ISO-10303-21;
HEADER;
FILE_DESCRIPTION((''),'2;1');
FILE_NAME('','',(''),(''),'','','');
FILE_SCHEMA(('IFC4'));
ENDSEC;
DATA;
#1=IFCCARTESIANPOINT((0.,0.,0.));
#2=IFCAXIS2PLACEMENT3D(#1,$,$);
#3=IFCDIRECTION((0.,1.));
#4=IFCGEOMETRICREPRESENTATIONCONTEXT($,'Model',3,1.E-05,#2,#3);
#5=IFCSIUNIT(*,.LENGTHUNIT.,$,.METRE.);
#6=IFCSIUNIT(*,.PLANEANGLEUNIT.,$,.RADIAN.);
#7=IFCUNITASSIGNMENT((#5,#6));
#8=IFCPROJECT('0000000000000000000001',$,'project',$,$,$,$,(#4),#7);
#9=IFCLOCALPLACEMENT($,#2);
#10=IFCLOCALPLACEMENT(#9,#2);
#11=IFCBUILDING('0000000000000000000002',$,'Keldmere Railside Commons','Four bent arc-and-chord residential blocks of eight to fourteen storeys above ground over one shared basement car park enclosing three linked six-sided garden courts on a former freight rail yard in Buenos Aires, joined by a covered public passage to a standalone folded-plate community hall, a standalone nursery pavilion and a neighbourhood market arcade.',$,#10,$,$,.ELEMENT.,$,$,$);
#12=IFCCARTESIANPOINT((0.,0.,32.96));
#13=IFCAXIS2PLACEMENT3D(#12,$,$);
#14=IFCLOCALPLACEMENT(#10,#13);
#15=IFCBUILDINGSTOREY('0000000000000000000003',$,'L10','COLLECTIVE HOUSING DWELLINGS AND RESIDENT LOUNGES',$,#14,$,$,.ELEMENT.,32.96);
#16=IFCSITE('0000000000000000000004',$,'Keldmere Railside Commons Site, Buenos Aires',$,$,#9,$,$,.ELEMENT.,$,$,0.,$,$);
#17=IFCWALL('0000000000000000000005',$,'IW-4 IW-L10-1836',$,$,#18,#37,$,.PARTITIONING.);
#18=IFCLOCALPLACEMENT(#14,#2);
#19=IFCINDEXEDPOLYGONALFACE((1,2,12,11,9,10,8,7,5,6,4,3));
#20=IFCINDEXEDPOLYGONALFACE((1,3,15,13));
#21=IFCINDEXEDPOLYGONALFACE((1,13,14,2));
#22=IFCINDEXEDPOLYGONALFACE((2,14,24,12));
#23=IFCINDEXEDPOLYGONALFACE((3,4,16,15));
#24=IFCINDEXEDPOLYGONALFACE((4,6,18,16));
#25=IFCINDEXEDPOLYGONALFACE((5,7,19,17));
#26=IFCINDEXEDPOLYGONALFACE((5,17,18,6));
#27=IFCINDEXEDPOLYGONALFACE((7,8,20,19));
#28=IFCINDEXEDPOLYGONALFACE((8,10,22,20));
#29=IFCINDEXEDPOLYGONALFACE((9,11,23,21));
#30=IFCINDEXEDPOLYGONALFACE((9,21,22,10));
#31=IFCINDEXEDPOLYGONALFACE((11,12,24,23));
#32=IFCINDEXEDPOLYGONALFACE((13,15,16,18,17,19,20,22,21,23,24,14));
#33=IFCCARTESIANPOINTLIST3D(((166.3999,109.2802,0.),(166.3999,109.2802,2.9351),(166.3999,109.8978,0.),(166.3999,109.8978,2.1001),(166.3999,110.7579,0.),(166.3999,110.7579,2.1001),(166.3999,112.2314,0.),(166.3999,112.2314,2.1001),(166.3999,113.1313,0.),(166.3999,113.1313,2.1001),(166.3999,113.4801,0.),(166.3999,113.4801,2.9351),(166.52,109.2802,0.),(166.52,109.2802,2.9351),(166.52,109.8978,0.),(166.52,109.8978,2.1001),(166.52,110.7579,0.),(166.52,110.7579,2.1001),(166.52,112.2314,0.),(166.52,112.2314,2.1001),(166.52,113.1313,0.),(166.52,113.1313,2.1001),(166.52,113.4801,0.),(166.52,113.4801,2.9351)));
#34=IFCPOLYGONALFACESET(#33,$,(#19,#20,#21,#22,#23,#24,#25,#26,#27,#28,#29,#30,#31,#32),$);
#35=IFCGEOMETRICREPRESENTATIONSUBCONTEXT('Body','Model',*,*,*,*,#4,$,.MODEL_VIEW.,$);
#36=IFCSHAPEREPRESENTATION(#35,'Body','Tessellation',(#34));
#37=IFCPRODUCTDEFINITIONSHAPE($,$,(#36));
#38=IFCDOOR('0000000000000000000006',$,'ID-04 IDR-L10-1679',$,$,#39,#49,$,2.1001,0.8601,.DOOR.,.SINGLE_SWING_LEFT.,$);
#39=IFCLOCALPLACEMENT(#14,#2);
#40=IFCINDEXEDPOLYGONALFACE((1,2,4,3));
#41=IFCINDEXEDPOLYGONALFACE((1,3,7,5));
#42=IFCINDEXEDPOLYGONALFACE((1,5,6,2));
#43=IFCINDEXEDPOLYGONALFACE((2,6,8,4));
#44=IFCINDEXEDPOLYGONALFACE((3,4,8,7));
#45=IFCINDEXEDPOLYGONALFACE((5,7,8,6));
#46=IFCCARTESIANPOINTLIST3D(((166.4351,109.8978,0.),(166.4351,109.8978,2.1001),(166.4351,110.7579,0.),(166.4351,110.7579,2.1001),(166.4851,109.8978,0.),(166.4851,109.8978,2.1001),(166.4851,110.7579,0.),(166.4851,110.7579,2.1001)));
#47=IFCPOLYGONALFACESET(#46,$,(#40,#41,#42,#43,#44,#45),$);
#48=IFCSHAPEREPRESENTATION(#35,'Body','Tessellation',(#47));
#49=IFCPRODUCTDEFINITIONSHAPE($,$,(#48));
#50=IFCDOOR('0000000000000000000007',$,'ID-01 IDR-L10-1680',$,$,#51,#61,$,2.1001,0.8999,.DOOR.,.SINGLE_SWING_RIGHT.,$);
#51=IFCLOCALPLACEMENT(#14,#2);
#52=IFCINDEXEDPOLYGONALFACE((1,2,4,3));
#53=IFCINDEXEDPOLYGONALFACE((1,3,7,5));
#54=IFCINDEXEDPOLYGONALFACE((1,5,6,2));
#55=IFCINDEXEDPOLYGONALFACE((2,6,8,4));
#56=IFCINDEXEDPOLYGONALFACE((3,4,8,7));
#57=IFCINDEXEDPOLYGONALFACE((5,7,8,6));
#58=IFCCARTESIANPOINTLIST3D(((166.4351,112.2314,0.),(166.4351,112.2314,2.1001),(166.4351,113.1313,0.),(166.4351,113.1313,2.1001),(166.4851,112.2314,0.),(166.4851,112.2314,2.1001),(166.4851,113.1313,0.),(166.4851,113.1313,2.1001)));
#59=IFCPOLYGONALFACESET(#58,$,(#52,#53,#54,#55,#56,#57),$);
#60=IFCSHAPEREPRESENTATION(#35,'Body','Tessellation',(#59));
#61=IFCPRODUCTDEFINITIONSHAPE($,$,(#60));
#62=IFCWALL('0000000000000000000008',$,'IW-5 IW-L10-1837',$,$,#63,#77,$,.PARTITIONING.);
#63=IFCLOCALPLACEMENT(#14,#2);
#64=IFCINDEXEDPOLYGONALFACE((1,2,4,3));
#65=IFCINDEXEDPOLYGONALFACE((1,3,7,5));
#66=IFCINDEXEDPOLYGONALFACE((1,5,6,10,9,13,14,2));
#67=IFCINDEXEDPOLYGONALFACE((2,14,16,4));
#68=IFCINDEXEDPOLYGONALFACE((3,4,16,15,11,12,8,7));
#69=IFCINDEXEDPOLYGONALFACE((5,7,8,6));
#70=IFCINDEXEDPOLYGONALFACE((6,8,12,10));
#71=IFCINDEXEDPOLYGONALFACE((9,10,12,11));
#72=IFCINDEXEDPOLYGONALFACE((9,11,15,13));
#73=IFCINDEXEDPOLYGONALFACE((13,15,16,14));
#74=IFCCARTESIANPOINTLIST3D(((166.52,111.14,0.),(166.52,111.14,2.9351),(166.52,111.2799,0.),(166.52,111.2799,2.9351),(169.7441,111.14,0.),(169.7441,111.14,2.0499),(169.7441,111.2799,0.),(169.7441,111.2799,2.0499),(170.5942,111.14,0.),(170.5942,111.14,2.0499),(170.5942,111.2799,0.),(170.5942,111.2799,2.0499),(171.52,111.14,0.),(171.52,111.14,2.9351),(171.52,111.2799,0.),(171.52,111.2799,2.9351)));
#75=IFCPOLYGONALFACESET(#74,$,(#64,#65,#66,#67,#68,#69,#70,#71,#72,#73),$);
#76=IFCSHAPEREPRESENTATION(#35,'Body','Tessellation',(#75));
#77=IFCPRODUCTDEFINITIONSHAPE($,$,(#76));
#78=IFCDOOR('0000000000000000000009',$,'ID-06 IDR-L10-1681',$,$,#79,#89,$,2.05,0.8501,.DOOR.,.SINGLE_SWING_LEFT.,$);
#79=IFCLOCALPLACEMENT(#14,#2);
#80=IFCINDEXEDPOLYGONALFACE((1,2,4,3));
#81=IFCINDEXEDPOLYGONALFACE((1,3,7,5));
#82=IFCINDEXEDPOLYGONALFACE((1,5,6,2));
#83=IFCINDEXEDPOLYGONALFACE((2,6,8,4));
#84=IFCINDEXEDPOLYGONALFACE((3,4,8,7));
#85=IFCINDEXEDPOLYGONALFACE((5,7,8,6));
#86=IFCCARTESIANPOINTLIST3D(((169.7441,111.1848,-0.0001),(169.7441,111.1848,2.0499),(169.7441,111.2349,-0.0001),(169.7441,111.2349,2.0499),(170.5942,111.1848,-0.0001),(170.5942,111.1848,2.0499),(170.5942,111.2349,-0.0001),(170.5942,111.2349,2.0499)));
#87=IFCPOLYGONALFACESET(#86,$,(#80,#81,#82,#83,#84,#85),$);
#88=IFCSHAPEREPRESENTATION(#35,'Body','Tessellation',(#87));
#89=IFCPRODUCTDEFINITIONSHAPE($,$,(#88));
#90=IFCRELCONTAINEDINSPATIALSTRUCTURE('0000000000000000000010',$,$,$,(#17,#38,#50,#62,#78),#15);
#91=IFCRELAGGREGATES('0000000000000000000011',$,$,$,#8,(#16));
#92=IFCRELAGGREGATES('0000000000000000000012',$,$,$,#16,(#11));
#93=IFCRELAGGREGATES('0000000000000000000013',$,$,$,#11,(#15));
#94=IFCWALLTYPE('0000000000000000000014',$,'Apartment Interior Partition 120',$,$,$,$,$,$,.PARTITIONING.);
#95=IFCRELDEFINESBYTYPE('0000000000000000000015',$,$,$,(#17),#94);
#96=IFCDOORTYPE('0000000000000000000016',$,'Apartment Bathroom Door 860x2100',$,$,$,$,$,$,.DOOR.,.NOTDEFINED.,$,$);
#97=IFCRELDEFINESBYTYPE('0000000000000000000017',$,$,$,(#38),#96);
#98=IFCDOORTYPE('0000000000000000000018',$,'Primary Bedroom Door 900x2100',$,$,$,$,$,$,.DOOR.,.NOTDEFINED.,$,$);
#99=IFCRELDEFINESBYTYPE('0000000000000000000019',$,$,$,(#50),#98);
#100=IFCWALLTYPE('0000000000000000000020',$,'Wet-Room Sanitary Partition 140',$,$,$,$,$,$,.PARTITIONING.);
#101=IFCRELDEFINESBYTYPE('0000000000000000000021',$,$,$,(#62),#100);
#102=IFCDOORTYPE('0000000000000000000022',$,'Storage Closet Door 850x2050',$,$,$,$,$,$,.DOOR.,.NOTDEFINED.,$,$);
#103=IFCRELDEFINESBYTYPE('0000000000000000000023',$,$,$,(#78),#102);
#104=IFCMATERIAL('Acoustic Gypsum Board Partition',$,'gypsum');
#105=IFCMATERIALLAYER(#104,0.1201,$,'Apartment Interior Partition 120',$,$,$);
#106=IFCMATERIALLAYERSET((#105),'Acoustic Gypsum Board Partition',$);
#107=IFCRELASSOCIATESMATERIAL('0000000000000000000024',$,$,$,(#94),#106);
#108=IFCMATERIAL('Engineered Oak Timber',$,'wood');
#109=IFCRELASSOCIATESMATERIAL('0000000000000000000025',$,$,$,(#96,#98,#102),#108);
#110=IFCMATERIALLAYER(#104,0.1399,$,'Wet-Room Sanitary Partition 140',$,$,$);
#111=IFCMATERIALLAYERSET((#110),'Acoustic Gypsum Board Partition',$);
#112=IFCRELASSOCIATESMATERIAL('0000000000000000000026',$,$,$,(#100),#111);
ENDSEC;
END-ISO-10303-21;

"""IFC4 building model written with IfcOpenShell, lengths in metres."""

from ifc_helpers import new_model, si_unit, direction, frame, frame_2d, origin, place, context, subcontext, project, spatial, rectangle, extrude, material, layer, layer_set, type_object, element, fill, save


model = new_model("IFC4")

# Units and contexts
model_context = context("Model", 3, precision=1e-05, world=origin(), true_north=direction((0.0, 1.0)))
body_context = subcontext(model_context, "Body", "Model", "MODEL_VIEW")
ifc_project = project(units=[si_unit("LENGTHUNIT", "METRE"), si_unit("PLANEANGLEUNIT", "RADIAN")], contexts=[model_context])

# Site, building, storey
site_placement = place(None, origin())
site = spatial("IfcSite", under=ifc_project, at=site_placement, Name="Keldmere Railside Commons Site, Buenos Aires", CompositionType="ELEMENT", RefElevation=0.0)
building_placement = place(site_placement, origin())
building = spatial("IfcBuilding", under=site, at=building_placement, Name="Keldmere Railside Commons", Description="Four bent arc-and-chord residential blocks of eight to fourteen storeys above ground over one shared basement car park enclosing three linked six-sided garden courts on a former freight rail yard in Buenos Aires, joined by a covered public passage to a standalone folded-plate community hall, a standalone nursery pavilion and a neighbourhood market arcade.", CompositionType="ELEMENT")
storey_placement = place(building_placement, frame((0.0, 0.0, 32.96)))
storey = spatial("IfcBuildingStorey", under=building, at=storey_placement, Name="L10", Description="COLLECTIVE HOUSING DWELLINGS AND RESIDENT LOUNGES", CompositionType="ELEMENT", Elevation=32.96)

# Shared definitions
ifc_material_1 = material(Name="Acoustic Gypsum Board Partition", Category="gypsum")

# Shared definitions
ifc_layer_1 = layer(ifc_material_1, 0.1201, Name="Apartment Interior Partition 120")
ifc_layer_set_1 = layer_set([ifc_layer_1], Name="Acoustic Gypsum Board Partition")
wall_type_1 = type_object("IfcWallType", Name="Apartment Interior Partition 120", PredefinedType="PARTITIONING", material=ifc_layer_set_1)
ifc_material_2 = material(Name="Engineered Oak Timber", Category="wood")

# Wall, openings, doors
wall_1_placement = place(storey_placement, frame((166.46, 109.28, 0.0), z_axis=(0.0, 0.0, 1.0), x_axis=(0.0, 1.0, 0.0)))
wall_1 = element("IfcWall", 1, at=wall_1_placement, inside=storey, type_object=wall_type_1, Name="IW-4 IW-L10-1836", PredefinedType="PARTITIONING", context=body_context, shape_type="SweptSolid", body=[
    extrude(rectangle(XDim=4.2, YDim=0.1201, at=frame_2d((2.1001, 0.0))), origin(), (0.0, 0.0, 1.0), 2.9351),
])
opening_1_placement = place(wall_1_placement, frame((0.6177, 0.0, 0.0)))
opening_1 = element("IfcOpeningElement", 2, at=opening_1_placement, cuts=wall_1, PredefinedType="OPENING", context=body_context, shape_type="SweptSolid", body=[
    extrude(rectangle(XDim=0.8601, YDim=2.1001, at=frame_2d((0.4302, 1.05))), frame((0.0, 0.0701, 0.0), z_axis=(0.0, -1.0, 0.0), x_axis=(1.0, 0.0, 0.0)), (0.0, 0.0, 1.0), 0.1401),
])
opening_2_placement = place(wall_1_placement, frame((2.9514, 0.0, 0.0)))
opening_2 = element("IfcOpeningElement", 3, at=opening_2_placement, cuts=wall_1, PredefinedType="OPENING", context=body_context, shape_type="SweptSolid", body=[
    extrude(rectangle(XDim=0.8999, YDim=2.1001, at=frame_2d((0.45, 1.05))), frame((0.0, 0.0701, 0.0), z_axis=(0.0, -1.0, 0.0), x_axis=(1.0, 0.0, 0.0)), (0.0, 0.0, 1.0), 0.1401),
])
door_type_1 = type_object("IfcDoorType", Name="Apartment Bathroom Door 860x2100", OperationType="NOTDEFINED", PredefinedType="DOOR", material=ifc_material_2)
door_1_placement = place(opening_1_placement, origin())
door_1 = element("IfcDoor", 4, at=door_1_placement, inside=storey, type_object=door_type_1, Name="ID-04 IDR-L10-1679", OperationType="SINGLE_SWING_LEFT", OverallHeight=2.1001, OverallWidth=0.8601, PredefinedType="DOOR", context=body_context, shape_type="SweptSolid", body=[
    extrude(rectangle(XDim=0.8601, YDim=2.1001, at=frame_2d((0.4302, 1.05))), frame((0.0, 0.0249, 0.0), z_axis=(0.0, -1.0, 0.0), x_axis=(1.0, 0.0, 0.0)), (0.0, 0.0, 1.0), 0.05),
])
fill(opening_1, door_1)
door_type_2 = type_object("IfcDoorType", Name="Primary Bedroom Door 900x2100", OperationType="NOTDEFINED", PredefinedType="DOOR", material=ifc_material_2)
door_2_placement = place(opening_2_placement, origin())
door_2 = element("IfcDoor", 5, at=door_2_placement, inside=storey, type_object=door_type_2, Name="ID-01 IDR-L10-1680", OperationType="SINGLE_SWING_RIGHT", OverallHeight=2.1001, OverallWidth=0.8999, PredefinedType="DOOR", context=body_context, shape_type="SweptSolid", body=[
    extrude(rectangle(XDim=0.8999, YDim=2.1001, at=frame_2d((0.45, 1.05))), frame((0.0, 0.0249, 0.0), z_axis=(0.0, -1.0, 0.0), x_axis=(1.0, 0.0, 0.0)), (0.0, 0.0, 1.0), 0.05),
])
fill(opening_2, door_2)

# Wall, opening, door
ifc_layer_2 = layer(ifc_material_1, 0.1399, Name="Wet-Room Sanitary Partition 140")
ifc_layer_set_2 = layer_set([ifc_layer_2], Name="Acoustic Gypsum Board Partition")
wall_type_2 = type_object("IfcWallType", Name="Wet-Room Sanitary Partition 140", PredefinedType="PARTITIONING", material=ifc_layer_set_2)
wall_2_placement = place(storey_placement, frame((166.52, 111.21, 0.0), z_axis=(0.0, 0.0, 1.0), x_axis=(1.0, 0.0, 0.0)))
wall_2 = element("IfcWall", 6, at=wall_2_placement, inside=storey, type_object=wall_type_2, Name="IW-5 IW-L10-1837", PredefinedType="PARTITIONING", context=body_context, shape_type="SweptSolid", body=[
    extrude(rectangle(XDim=5.0, YDim=0.1399, at=frame_2d((2.5, 0.0))), origin(), (0.0, 0.0, 1.0), 2.9351),
])
opening_3_placement = place(wall_2_placement, frame((3.2241, 0.0, 0.0)))
opening_3 = element("IfcOpeningElement", 7, at=opening_3_placement, cuts=wall_2, PredefinedType="OPENING", context=body_context, shape_type="SweptSolid", body=[
    extrude(rectangle(XDim=0.8501, YDim=2.05, at=frame_2d((0.425, 1.0249))), frame((0.0, 0.0798, 0.0), z_axis=(0.0, -1.0, 0.0), x_axis=(1.0, 0.0, 0.0)), (0.0, 0.0, 1.0), 0.1599),
])
door_type_3 = type_object("IfcDoorType", Name="Storage Closet Door 850x2050", OperationType="NOTDEFINED", PredefinedType="DOOR", material=ifc_material_2)
door_3_placement = place(opening_3_placement, origin())
door_3 = element("IfcDoor", 8, at=door_3_placement, inside=storey, type_object=door_type_3, Name="ID-06 IDR-L10-1681", OperationType="SINGLE_SWING_LEFT", OverallHeight=2.05, OverallWidth=0.8501, PredefinedType="DOOR", context=body_context, shape_type="SweptSolid", body=[
    extrude(rectangle(XDim=0.8501, YDim=2.05, at=frame_2d((0.425, 1.0249))), frame((0.0, 0.0249, 0.0), z_axis=(0.0, -1.0, 0.0), x_axis=(1.0, 0.0, 0.0)), (0.0, 0.0, 1.0), 0.05),
])
fill(opening_3, door_3)

save(model, "model.ifc")
